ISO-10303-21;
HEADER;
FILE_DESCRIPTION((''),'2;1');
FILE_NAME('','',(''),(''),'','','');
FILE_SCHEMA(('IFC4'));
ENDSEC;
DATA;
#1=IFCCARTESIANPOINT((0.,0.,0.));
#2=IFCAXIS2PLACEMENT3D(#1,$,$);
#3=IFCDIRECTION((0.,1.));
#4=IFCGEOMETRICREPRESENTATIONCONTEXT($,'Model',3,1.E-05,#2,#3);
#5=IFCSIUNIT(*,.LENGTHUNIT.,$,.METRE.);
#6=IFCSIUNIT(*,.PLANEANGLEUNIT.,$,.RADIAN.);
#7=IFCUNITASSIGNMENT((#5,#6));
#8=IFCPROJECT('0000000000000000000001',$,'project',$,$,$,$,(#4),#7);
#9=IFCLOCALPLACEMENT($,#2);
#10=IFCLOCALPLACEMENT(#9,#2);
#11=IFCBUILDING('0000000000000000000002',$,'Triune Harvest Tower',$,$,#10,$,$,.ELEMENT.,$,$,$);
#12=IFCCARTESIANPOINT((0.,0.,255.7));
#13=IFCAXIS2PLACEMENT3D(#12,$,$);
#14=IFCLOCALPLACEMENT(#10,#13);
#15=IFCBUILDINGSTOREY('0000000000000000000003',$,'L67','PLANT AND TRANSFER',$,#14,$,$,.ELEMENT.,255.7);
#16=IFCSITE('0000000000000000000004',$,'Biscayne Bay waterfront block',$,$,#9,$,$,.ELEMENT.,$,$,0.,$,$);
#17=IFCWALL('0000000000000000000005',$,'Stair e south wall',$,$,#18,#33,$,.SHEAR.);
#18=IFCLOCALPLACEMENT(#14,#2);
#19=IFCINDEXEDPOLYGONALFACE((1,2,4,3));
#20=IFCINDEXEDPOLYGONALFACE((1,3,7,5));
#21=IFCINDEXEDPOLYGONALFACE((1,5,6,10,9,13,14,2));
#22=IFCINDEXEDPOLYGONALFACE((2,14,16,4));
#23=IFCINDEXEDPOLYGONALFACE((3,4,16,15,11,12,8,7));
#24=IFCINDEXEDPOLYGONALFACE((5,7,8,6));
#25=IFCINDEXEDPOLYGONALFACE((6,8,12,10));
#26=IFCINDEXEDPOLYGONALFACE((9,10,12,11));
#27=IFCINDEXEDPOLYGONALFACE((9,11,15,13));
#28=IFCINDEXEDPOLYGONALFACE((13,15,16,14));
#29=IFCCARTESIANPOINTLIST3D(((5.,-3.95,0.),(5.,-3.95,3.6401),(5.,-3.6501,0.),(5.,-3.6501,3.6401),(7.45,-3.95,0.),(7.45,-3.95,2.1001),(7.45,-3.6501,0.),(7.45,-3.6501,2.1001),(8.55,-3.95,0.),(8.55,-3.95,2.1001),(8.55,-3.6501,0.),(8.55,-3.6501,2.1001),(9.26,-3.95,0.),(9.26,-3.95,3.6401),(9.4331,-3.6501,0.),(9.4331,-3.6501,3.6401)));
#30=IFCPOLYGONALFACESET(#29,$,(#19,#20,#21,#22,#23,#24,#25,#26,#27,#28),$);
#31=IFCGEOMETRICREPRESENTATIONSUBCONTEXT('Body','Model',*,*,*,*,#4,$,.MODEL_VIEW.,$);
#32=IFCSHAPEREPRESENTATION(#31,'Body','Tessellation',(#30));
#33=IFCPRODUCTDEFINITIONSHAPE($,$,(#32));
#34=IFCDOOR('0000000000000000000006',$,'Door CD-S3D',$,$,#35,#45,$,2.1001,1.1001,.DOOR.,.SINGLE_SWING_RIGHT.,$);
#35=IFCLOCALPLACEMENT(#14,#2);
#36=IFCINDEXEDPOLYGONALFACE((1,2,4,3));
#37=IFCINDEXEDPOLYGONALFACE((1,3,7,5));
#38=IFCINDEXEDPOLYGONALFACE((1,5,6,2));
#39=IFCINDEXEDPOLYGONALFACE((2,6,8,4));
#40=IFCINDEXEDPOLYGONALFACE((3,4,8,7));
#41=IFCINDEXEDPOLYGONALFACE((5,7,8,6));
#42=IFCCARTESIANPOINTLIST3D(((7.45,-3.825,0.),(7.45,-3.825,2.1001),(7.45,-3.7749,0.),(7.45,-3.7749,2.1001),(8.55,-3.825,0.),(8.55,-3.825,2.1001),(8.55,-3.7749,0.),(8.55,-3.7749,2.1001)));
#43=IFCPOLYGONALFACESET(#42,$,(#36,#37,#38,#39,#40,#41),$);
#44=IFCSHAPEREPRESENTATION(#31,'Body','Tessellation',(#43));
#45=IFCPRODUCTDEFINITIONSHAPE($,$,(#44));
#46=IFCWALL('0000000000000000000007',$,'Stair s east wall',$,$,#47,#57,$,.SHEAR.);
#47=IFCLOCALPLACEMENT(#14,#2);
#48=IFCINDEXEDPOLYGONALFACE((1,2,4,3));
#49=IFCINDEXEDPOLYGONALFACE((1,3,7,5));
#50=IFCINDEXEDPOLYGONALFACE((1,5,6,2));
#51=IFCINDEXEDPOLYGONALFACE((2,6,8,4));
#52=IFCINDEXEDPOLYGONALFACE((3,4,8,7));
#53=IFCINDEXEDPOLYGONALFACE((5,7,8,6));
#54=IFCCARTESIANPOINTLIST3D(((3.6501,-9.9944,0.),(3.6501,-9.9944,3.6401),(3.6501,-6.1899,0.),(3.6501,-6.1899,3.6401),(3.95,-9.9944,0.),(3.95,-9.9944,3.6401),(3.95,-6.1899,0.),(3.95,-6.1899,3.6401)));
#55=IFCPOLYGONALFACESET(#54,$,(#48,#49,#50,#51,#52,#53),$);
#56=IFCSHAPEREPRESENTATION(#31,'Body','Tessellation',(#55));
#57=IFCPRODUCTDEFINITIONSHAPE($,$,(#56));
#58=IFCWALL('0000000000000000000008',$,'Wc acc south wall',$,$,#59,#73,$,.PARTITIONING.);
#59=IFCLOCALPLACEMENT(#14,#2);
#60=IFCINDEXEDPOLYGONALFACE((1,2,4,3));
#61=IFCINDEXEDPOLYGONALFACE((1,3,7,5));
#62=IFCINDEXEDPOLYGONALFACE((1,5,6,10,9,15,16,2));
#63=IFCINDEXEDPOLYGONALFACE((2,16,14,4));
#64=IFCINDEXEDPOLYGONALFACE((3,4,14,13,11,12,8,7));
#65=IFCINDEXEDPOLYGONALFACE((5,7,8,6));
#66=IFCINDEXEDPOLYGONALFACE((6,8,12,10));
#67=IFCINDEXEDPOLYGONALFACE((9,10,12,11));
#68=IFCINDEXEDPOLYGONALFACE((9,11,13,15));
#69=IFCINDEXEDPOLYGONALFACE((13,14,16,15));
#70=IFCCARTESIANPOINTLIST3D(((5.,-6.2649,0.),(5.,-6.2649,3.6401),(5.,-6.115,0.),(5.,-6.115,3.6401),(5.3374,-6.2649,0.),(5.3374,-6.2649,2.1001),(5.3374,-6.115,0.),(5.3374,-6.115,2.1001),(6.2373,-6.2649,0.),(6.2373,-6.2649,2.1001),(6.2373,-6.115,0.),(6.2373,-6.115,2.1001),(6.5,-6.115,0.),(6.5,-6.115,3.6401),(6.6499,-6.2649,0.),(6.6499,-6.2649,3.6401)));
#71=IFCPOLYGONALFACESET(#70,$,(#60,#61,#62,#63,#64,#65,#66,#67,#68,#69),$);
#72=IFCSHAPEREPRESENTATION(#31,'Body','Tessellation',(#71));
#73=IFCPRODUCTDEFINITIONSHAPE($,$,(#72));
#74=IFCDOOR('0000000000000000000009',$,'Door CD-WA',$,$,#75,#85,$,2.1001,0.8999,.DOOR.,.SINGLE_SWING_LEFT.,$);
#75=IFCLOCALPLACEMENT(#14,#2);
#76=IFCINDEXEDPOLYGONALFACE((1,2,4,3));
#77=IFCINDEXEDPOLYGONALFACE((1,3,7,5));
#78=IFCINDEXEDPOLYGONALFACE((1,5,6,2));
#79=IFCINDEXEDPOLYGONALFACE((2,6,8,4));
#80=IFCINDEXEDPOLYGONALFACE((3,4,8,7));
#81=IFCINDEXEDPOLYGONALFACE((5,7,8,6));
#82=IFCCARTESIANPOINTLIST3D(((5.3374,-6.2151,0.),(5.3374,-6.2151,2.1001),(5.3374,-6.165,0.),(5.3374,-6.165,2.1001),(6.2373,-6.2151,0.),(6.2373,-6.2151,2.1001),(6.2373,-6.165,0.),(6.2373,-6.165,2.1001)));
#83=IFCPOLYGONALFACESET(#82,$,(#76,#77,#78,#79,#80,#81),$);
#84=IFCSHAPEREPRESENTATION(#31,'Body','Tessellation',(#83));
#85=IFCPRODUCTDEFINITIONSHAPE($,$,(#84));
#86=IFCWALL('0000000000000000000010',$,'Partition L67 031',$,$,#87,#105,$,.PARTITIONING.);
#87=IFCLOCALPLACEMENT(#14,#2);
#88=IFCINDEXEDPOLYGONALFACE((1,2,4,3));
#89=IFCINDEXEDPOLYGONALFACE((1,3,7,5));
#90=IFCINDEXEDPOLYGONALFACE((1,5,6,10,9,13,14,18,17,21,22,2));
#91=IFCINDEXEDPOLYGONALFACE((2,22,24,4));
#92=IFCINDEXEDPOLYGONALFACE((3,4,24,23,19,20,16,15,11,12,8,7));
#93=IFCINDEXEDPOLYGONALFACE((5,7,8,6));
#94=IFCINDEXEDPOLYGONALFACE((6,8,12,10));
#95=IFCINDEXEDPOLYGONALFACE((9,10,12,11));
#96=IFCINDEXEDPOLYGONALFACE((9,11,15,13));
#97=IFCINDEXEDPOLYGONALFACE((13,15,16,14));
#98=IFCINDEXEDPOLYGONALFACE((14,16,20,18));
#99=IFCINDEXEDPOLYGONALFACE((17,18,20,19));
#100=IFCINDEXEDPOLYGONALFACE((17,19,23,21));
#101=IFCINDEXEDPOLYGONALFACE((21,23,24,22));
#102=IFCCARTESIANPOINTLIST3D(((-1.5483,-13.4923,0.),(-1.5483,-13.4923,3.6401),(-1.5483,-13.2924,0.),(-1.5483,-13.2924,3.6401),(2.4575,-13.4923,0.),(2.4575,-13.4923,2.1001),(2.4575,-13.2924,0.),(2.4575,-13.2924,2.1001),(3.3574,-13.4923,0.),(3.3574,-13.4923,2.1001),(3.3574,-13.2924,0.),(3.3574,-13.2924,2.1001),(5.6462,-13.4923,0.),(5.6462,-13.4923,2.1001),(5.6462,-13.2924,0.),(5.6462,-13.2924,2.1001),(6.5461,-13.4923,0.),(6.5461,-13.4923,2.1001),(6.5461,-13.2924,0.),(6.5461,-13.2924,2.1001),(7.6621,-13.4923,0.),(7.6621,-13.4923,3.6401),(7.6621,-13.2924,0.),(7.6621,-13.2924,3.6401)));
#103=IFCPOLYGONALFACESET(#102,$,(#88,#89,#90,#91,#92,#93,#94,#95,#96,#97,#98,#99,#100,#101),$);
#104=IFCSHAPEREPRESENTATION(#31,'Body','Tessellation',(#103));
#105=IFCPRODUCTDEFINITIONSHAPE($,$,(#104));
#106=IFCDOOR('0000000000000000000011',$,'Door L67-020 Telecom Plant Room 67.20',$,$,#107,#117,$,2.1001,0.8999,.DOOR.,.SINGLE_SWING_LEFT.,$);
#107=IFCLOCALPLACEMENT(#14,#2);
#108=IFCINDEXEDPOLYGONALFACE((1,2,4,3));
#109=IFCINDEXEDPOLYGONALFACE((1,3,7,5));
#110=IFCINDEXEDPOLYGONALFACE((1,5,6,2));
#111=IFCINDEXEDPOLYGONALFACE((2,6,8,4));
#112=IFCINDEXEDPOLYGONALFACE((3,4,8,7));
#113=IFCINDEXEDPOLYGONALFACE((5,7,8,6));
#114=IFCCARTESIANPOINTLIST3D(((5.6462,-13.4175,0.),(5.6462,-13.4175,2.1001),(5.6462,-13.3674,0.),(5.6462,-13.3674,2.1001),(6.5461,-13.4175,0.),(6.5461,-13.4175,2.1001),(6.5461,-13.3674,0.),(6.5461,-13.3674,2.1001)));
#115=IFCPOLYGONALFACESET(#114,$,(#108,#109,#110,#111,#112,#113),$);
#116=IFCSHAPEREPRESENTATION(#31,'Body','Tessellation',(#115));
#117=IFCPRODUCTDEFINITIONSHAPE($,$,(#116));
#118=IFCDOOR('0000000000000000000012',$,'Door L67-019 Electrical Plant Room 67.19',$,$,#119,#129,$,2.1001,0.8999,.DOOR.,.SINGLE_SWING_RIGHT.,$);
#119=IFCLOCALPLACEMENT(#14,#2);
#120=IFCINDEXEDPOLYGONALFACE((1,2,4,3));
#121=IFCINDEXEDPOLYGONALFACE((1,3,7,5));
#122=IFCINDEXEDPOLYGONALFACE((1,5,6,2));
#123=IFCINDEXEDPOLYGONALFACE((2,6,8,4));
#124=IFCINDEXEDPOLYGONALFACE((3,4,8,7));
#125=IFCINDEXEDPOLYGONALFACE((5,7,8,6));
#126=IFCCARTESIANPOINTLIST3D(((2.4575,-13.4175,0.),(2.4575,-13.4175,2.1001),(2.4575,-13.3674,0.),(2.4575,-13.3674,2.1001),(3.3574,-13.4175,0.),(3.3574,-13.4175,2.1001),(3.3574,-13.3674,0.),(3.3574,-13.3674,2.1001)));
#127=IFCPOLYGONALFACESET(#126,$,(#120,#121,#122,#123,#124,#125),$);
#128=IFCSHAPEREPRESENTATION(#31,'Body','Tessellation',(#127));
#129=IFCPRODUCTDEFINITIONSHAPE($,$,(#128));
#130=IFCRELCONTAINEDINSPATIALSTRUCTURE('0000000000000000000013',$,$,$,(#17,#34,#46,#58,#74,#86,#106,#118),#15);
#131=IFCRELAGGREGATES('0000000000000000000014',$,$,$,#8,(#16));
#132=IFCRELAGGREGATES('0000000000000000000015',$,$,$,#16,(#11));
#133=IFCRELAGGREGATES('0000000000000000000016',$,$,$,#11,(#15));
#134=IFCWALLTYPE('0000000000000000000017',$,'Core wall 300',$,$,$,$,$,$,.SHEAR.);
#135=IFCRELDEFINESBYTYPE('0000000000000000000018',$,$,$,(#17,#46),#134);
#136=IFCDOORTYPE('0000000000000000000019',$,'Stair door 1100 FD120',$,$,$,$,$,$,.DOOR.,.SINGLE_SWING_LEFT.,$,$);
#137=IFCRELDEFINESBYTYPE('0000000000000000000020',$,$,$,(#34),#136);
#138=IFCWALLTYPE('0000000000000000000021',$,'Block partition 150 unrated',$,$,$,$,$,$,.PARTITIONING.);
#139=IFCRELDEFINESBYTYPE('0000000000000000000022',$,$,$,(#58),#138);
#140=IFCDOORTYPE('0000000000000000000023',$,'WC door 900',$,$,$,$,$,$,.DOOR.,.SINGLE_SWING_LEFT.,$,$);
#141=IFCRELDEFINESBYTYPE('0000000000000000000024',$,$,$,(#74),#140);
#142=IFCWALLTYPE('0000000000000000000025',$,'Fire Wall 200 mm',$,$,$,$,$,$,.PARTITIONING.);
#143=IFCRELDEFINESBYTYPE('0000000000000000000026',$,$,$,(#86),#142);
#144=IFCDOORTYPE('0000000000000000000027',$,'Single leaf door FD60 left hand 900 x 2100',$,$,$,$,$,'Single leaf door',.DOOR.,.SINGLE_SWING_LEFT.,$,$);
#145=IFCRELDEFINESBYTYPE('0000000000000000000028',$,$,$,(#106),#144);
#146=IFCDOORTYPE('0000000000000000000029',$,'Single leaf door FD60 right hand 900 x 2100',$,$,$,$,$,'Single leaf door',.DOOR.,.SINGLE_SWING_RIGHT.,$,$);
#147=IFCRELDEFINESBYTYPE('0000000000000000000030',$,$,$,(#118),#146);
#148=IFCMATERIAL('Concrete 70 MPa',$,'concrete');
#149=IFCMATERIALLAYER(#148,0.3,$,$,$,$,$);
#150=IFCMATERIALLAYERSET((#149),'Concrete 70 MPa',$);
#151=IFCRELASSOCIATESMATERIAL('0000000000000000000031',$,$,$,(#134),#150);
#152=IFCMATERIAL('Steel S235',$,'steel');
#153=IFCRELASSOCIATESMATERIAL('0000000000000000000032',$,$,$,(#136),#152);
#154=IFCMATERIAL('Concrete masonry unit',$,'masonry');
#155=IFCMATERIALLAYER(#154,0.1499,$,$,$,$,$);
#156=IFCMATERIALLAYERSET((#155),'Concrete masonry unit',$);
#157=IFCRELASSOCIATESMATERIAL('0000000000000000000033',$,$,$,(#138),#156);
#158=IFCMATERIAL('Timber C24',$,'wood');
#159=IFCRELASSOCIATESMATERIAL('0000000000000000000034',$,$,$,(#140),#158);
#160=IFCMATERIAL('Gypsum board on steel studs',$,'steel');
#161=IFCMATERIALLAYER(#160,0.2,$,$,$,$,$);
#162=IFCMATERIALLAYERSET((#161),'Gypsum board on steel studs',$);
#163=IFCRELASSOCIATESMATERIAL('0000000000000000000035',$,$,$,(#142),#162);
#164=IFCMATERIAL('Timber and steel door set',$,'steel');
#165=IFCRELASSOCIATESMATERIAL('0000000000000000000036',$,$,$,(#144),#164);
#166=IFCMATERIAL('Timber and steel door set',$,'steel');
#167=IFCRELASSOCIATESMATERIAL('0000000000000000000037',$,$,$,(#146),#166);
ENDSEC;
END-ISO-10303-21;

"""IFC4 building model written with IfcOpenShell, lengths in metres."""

from ifc_helpers import new_model, si_unit, direction, frame, frame_2d, origin, place, context, subcontext, project, spatial, polyline, rectangle, outline, extrude, source, transform, mapped, material, layer, layer_set, type_object, element, fill, save


model = new_model("IFC4")

# Units and contexts
model_context = context("Model", 3, precision=1e-05, world=origin(), true_north=direction((0.0, 1.0)))
body_context = subcontext(model_context, "Body", "Model", "MODEL_VIEW")
ifc_project = project(units=[si_unit("LENGTHUNIT", "METRE"), si_unit("PLANEANGLEUNIT", "RADIAN")], contexts=[model_context])

# Site, building, storey
site_placement = place(None, origin())
site = spatial("IfcSite", under=ifc_project, at=site_placement, Name="Biscayne Bay waterfront block", CompositionType="ELEMENT", RefElevation=0.0)
building_placement = place(site_placement, origin())
building = spatial("IfcBuilding", under=site, at=building_placement, Name="Triune Harvest Tower", CompositionType="ELEMENT")
storey_placement = place(building_placement, frame((0.0, 0.0, 255.7)))
storey = spatial("IfcBuildingStorey", under=building, at=storey_placement, Name="L67", Description="PLANT AND TRANSFER", CompositionType="ELEMENT", Elevation=255.7)

# Shared definitions
ifc_material_1 = material(Name="Concrete 70 MPa", Category="concrete")
ifc_layer_1 = layer(ifc_material_1, 0.3)
ifc_layer_set_1 = layer_set([ifc_layer_1], Name="Concrete 70 MPa")
wall_type_1 = type_object("IfcWallType", Name="Core wall 300", PredefinedType="SHEAR", material=ifc_layer_set_1)

# Wall, opening, door
ifc_material_2 = material(Name="Steel S235", Category="steel")
door_type_1 = type_object("IfcDoorType", Name="Stair door 1100 FD120", OperationType="SINGLE_SWING_LEFT", PredefinedType="DOOR", material=ifc_material_2)
shared_shape_1 = source(origin(), body_context, "Body", "SweptSolid", [
    extrude(outline(polyline([(0.0, -0.1499), (0.0, 0.1499), (4.4331, 0.1499), (4.26, -0.1499), (0.0, -0.1499)])), origin(), (0.0, 0.0, 1.0), 3.6401),
])
wall_1_placement = place(storey_placement, frame((5.0, -3.8, 0.0), z_axis=(0.0, 0.0, 1.0), x_axis=(1.0, 0.0, 0.0)))
wall_1 = element("IfcWall", 1, at=wall_1_placement, inside=storey, type_object=wall_type_1, Name="Stair e south wall", PredefinedType="SHEAR", context=body_context, shape_type="MappedRepresentation", body=[
    mapped(shared_shape_1, transform((0.0, 0.0, 0.0), scale=1.0)),
])
opening_1_placement = place(wall_1_placement, frame((2.45, 0.0, 0.0)))
opening_1 = element("IfcOpeningElement", 2, at=opening_1_placement, cuts=wall_1, PredefinedType="OPENING", context=body_context, shape_type="SweptSolid", body=[
    extrude(rectangle(XDim=1.1001, YDim=2.1001, at=frame_2d((0.55, 1.05))), frame((0.0, 0.1602, 0.0), z_axis=(0.0, -1.0, 0.0), x_axis=(1.0, 0.0, 0.0)), (0.0, 0.0, 1.0), 0.3201),
])
door_1_placement = place(opening_1_placement, frame((1.1001, 0.0, 0.0), z_axis=(0.0, 0.0, 1.0), x_axis=(-1.0, 0.0, 0.0)))
door_1 = element("IfcDoor", 3, at=door_1_placement, inside=storey, type_object=door_type_1, Name="Door CD-S3D", OperationType="SINGLE_SWING_RIGHT", OverallHeight=2.1001, OverallWidth=1.1001, PredefinedType="DOOR", context=body_context, shape_type="SweptSolid", body=[
    extrude(rectangle(XDim=1.1001, YDim=2.1001, at=frame_2d((0.55, 1.05))), frame((0.0, 0.0249, 0.0), z_axis=(0.0, -1.0, 0.0), x_axis=(1.0, 0.0, 0.0)), (0.0, 0.0, 1.0), 0.05),
])
fill(opening_1, door_1)

# Wall
shared_shape_2 = source(origin(), body_context, "Body", "SweptSolid", [
    extrude(outline(polyline([(3.8, -0.1499), (-0.0044, -0.1499), (-0.0044, 0.1499), (3.8, 0.1499), (3.8, -0.1499)])), origin(), (0.0, 0.0, 1.0), 3.6401),
])
wall_2_placement = place(storey_placement, frame((3.8, -9.99, 0.0), z_axis=(0.0, 0.0, 1.0), x_axis=(0.0, 1.0, 0.0)))
element("IfcWall", 4, at=wall_2_placement, inside=storey, type_object=wall_type_1, Name="Stair s east wall", PredefinedType="SHEAR", context=body_context, shape_type="MappedRepresentation", body=[
    mapped(shared_shape_2, transform((0.0, 0.0, 0.0), scale=1.0)),
])

# Wall, opening, door
ifc_material_3 = material(Name="Concrete masonry unit", Category="masonry")
ifc_layer_2 = layer(ifc_material_3, 0.1499)
ifc_layer_set_2 = layer_set([ifc_layer_2], Name="Concrete masonry unit")
wall_type_2 = type_object("IfcWallType", Name="Block partition 150 unrated", PredefinedType="PARTITIONING", material=ifc_layer_set_2)
shared_shape_3 = source(origin(), body_context, "Body", "SweptSolid", [
    extrude(outline(polyline([(0.0, -0.075), (1.6499, -0.075), (1.5, 0.075), (0.0, 0.075), (0.0, -0.075)])), origin(), (0.0, 0.0, 1.0), 3.6401),
])
wall_3_placement = place(storey_placement, frame((5.0, -6.1899, 0.0), z_axis=(0.0, 0.0, 1.0), x_axis=(1.0, 0.0, 0.0)))
wall_3 = element("IfcWall", 5, at=wall_3_placement, inside=storey, type_object=wall_type_2, Name="Wc acc south wall", PredefinedType="PARTITIONING", context=body_context, shape_type="MappedRepresentation", body=[
    mapped(shared_shape_3, transform((0.0, 0.0, 0.0), scale=1.0)),
])
opening_2_placement = place(wall_3_placement, frame((0.3374, 0.0, 0.0)))
opening_2 = element("IfcOpeningElement", 6, at=opening_2_placement, cuts=wall_3, PredefinedType="OPENING", context=body_context, shape_type="SweptSolid", body=[
    extrude(rectangle(XDim=0.8999, YDim=2.1001, at=frame_2d((0.45, 1.05))), frame((0.0, 0.085, 0.0), z_axis=(0.0, -1.0, 0.0), x_axis=(1.0, 0.0, 0.0)), (0.0, 0.0, 1.0), 0.1699),
])
ifc_material_4 = material(Name="Timber C24", Category="wood")
door_type_2 = type_object("IfcDoorType", Name="WC door 900", OperationType="SINGLE_SWING_LEFT", PredefinedType="DOOR", material=ifc_material_4)
door_2_placement = place(opening_2_placement, origin())
door_2 = element("IfcDoor", 7, at=door_2_placement, inside=storey, type_object=door_type_2, Name="Door CD-WA", OperationType="SINGLE_SWING_LEFT", OverallHeight=2.1001, OverallWidth=0.8999, PredefinedType="DOOR", context=body_context, shape_type="SweptSolid", body=[
    extrude(rectangle(XDim=0.8999, YDim=2.1001, at=frame_2d((0.45, 1.05))), frame((0.0, 0.0249, 0.0), z_axis=(0.0, -1.0, 0.0), x_axis=(1.0, 0.0, 0.0)), (0.0, 0.0, 1.0), 0.05),
])
fill(opening_2, door_2)

# Wall, openings, doors
ifc_material_5 = material(Name="Gypsum board on steel studs", Category="steel")
ifc_layer_3 = layer(ifc_material_5, 0.2)
ifc_layer_set_3 = layer_set([ifc_layer_3], Name="Gypsum board on steel studs")
wall_type_3 = type_object("IfcWallType", Name="Fire Wall 200 mm", PredefinedType="PARTITIONING", material=ifc_layer_set_3)
shared_shape_4 = source(origin(), body_context, "Body", "SweptSolid", [
    extrude(rectangle(XDim=9.2104, YDim=0.2, at=frame_2d((4.6052, 0.0))), origin(), (0.0, 0.0, 1.0), 3.6401),
])
wall_4_placement = place(storey_placement, frame((-1.5483, -13.3923, 0.0), z_axis=(0.0, 0.0, 1.0), x_axis=(1.0, 0.0, 0.0)))
wall_4 = element("IfcWall", 8, at=wall_4_placement, inside=storey, type_object=wall_type_3, Name="Partition L67 031", PredefinedType="PARTITIONING", context=body_context, shape_type="MappedRepresentation", body=[
    mapped(shared_shape_4, transform((0.0, 0.0, 0.0), scale=1.0)),
])
opening_3_placement = place(wall_4_placement, frame((4.0059, 0.0, 0.0)))
opening_3 = element("IfcOpeningElement", 9, at=opening_3_placement, cuts=wall_4, PredefinedType="OPENING", context=body_context, shape_type="SweptSolid", body=[
    extrude(rectangle(XDim=0.8999, YDim=2.1001, at=frame_2d((0.45, 1.05))), frame((0.0, 0.1099, 0.0), z_axis=(0.0, -1.0, 0.0), x_axis=(1.0, 0.0, 0.0)), (0.0, 0.0, 1.0), 0.22),
])
opening_4_placement = place(wall_4_placement, frame((7.1946, 0.0, 0.0)))
opening_4 = element("IfcOpeningElement", 10, at=opening_4_placement, cuts=wall_4, PredefinedType="OPENING", context=body_context, shape_type="SweptSolid", body=[
    extrude(rectangle(XDim=0.8999, YDim=2.1001, at=frame_2d((0.45, 1.05))), frame((0.0, 0.1099, 0.0), z_axis=(0.0, -1.0, 0.0), x_axis=(1.0, 0.0, 0.0)), (0.0, 0.0, 1.0), 0.22),
])
ifc_material_6 = material(Name="Timber and steel door set", Category="steel")
door_type_3 = type_object("IfcDoorType", Name="Single leaf door FD60 left hand 900 x 2100", ElementType="Single leaf door", OperationType="SINGLE_SWING_LEFT", PredefinedType="DOOR", material=ifc_material_6)
door_3_placement = place(opening_4_placement, origin())
door_3 = element("IfcDoor", 11, at=door_3_placement, inside=storey, type_object=door_type_3, Name="Door L67-020 Telecom Plant Room 67.20", OperationType="SINGLE_SWING_LEFT", OverallHeight=2.1001, OverallWidth=0.8999, PredefinedType="DOOR", context=body_context, shape_type="SweptSolid", body=[
    extrude(rectangle(XDim=0.8999, YDim=2.1001, at=frame_2d((0.45, 1.05))), frame((0.0, 0.0249, 0.0), z_axis=(0.0, -1.0, 0.0), x_axis=(1.0, 0.0, 0.0)), (0.0, 0.0, 1.0), 0.05),
])
fill(opening_4, door_3)
ifc_material_7 = material(Name="Timber and steel door set", Category="steel")
door_type_4 = type_object("IfcDoorType", Name="Single leaf door FD60 right hand 900 x 2100", ElementType="Single leaf door", OperationType="SINGLE_SWING_RIGHT", PredefinedType="DOOR", material=ifc_material_7)
door_4_placement = place(opening_3_placement, origin())
door_4 = element("IfcDoor", 12, at=door_4_placement, inside=storey, type_object=door_type_4, Name="Door L67-019 Electrical Plant Room 67.19", OperationType="SINGLE_SWING_RIGHT", OverallHeight=2.1001, OverallWidth=0.8999, PredefinedType="DOOR", context=body_context, shape_type="SweptSolid", body=[
    extrude(rectangle(XDim=0.8999, YDim=2.1001, at=frame_2d((0.45, 1.05))), frame((0.0, 0.0249, 0.0), z_axis=(0.0, -1.0, 0.0), x_axis=(1.0, 0.0, 0.0)), (0.0, 0.0, 1.0), 0.05),
])
fill(opening_3, door_4)

save(model, "model.ifc")
